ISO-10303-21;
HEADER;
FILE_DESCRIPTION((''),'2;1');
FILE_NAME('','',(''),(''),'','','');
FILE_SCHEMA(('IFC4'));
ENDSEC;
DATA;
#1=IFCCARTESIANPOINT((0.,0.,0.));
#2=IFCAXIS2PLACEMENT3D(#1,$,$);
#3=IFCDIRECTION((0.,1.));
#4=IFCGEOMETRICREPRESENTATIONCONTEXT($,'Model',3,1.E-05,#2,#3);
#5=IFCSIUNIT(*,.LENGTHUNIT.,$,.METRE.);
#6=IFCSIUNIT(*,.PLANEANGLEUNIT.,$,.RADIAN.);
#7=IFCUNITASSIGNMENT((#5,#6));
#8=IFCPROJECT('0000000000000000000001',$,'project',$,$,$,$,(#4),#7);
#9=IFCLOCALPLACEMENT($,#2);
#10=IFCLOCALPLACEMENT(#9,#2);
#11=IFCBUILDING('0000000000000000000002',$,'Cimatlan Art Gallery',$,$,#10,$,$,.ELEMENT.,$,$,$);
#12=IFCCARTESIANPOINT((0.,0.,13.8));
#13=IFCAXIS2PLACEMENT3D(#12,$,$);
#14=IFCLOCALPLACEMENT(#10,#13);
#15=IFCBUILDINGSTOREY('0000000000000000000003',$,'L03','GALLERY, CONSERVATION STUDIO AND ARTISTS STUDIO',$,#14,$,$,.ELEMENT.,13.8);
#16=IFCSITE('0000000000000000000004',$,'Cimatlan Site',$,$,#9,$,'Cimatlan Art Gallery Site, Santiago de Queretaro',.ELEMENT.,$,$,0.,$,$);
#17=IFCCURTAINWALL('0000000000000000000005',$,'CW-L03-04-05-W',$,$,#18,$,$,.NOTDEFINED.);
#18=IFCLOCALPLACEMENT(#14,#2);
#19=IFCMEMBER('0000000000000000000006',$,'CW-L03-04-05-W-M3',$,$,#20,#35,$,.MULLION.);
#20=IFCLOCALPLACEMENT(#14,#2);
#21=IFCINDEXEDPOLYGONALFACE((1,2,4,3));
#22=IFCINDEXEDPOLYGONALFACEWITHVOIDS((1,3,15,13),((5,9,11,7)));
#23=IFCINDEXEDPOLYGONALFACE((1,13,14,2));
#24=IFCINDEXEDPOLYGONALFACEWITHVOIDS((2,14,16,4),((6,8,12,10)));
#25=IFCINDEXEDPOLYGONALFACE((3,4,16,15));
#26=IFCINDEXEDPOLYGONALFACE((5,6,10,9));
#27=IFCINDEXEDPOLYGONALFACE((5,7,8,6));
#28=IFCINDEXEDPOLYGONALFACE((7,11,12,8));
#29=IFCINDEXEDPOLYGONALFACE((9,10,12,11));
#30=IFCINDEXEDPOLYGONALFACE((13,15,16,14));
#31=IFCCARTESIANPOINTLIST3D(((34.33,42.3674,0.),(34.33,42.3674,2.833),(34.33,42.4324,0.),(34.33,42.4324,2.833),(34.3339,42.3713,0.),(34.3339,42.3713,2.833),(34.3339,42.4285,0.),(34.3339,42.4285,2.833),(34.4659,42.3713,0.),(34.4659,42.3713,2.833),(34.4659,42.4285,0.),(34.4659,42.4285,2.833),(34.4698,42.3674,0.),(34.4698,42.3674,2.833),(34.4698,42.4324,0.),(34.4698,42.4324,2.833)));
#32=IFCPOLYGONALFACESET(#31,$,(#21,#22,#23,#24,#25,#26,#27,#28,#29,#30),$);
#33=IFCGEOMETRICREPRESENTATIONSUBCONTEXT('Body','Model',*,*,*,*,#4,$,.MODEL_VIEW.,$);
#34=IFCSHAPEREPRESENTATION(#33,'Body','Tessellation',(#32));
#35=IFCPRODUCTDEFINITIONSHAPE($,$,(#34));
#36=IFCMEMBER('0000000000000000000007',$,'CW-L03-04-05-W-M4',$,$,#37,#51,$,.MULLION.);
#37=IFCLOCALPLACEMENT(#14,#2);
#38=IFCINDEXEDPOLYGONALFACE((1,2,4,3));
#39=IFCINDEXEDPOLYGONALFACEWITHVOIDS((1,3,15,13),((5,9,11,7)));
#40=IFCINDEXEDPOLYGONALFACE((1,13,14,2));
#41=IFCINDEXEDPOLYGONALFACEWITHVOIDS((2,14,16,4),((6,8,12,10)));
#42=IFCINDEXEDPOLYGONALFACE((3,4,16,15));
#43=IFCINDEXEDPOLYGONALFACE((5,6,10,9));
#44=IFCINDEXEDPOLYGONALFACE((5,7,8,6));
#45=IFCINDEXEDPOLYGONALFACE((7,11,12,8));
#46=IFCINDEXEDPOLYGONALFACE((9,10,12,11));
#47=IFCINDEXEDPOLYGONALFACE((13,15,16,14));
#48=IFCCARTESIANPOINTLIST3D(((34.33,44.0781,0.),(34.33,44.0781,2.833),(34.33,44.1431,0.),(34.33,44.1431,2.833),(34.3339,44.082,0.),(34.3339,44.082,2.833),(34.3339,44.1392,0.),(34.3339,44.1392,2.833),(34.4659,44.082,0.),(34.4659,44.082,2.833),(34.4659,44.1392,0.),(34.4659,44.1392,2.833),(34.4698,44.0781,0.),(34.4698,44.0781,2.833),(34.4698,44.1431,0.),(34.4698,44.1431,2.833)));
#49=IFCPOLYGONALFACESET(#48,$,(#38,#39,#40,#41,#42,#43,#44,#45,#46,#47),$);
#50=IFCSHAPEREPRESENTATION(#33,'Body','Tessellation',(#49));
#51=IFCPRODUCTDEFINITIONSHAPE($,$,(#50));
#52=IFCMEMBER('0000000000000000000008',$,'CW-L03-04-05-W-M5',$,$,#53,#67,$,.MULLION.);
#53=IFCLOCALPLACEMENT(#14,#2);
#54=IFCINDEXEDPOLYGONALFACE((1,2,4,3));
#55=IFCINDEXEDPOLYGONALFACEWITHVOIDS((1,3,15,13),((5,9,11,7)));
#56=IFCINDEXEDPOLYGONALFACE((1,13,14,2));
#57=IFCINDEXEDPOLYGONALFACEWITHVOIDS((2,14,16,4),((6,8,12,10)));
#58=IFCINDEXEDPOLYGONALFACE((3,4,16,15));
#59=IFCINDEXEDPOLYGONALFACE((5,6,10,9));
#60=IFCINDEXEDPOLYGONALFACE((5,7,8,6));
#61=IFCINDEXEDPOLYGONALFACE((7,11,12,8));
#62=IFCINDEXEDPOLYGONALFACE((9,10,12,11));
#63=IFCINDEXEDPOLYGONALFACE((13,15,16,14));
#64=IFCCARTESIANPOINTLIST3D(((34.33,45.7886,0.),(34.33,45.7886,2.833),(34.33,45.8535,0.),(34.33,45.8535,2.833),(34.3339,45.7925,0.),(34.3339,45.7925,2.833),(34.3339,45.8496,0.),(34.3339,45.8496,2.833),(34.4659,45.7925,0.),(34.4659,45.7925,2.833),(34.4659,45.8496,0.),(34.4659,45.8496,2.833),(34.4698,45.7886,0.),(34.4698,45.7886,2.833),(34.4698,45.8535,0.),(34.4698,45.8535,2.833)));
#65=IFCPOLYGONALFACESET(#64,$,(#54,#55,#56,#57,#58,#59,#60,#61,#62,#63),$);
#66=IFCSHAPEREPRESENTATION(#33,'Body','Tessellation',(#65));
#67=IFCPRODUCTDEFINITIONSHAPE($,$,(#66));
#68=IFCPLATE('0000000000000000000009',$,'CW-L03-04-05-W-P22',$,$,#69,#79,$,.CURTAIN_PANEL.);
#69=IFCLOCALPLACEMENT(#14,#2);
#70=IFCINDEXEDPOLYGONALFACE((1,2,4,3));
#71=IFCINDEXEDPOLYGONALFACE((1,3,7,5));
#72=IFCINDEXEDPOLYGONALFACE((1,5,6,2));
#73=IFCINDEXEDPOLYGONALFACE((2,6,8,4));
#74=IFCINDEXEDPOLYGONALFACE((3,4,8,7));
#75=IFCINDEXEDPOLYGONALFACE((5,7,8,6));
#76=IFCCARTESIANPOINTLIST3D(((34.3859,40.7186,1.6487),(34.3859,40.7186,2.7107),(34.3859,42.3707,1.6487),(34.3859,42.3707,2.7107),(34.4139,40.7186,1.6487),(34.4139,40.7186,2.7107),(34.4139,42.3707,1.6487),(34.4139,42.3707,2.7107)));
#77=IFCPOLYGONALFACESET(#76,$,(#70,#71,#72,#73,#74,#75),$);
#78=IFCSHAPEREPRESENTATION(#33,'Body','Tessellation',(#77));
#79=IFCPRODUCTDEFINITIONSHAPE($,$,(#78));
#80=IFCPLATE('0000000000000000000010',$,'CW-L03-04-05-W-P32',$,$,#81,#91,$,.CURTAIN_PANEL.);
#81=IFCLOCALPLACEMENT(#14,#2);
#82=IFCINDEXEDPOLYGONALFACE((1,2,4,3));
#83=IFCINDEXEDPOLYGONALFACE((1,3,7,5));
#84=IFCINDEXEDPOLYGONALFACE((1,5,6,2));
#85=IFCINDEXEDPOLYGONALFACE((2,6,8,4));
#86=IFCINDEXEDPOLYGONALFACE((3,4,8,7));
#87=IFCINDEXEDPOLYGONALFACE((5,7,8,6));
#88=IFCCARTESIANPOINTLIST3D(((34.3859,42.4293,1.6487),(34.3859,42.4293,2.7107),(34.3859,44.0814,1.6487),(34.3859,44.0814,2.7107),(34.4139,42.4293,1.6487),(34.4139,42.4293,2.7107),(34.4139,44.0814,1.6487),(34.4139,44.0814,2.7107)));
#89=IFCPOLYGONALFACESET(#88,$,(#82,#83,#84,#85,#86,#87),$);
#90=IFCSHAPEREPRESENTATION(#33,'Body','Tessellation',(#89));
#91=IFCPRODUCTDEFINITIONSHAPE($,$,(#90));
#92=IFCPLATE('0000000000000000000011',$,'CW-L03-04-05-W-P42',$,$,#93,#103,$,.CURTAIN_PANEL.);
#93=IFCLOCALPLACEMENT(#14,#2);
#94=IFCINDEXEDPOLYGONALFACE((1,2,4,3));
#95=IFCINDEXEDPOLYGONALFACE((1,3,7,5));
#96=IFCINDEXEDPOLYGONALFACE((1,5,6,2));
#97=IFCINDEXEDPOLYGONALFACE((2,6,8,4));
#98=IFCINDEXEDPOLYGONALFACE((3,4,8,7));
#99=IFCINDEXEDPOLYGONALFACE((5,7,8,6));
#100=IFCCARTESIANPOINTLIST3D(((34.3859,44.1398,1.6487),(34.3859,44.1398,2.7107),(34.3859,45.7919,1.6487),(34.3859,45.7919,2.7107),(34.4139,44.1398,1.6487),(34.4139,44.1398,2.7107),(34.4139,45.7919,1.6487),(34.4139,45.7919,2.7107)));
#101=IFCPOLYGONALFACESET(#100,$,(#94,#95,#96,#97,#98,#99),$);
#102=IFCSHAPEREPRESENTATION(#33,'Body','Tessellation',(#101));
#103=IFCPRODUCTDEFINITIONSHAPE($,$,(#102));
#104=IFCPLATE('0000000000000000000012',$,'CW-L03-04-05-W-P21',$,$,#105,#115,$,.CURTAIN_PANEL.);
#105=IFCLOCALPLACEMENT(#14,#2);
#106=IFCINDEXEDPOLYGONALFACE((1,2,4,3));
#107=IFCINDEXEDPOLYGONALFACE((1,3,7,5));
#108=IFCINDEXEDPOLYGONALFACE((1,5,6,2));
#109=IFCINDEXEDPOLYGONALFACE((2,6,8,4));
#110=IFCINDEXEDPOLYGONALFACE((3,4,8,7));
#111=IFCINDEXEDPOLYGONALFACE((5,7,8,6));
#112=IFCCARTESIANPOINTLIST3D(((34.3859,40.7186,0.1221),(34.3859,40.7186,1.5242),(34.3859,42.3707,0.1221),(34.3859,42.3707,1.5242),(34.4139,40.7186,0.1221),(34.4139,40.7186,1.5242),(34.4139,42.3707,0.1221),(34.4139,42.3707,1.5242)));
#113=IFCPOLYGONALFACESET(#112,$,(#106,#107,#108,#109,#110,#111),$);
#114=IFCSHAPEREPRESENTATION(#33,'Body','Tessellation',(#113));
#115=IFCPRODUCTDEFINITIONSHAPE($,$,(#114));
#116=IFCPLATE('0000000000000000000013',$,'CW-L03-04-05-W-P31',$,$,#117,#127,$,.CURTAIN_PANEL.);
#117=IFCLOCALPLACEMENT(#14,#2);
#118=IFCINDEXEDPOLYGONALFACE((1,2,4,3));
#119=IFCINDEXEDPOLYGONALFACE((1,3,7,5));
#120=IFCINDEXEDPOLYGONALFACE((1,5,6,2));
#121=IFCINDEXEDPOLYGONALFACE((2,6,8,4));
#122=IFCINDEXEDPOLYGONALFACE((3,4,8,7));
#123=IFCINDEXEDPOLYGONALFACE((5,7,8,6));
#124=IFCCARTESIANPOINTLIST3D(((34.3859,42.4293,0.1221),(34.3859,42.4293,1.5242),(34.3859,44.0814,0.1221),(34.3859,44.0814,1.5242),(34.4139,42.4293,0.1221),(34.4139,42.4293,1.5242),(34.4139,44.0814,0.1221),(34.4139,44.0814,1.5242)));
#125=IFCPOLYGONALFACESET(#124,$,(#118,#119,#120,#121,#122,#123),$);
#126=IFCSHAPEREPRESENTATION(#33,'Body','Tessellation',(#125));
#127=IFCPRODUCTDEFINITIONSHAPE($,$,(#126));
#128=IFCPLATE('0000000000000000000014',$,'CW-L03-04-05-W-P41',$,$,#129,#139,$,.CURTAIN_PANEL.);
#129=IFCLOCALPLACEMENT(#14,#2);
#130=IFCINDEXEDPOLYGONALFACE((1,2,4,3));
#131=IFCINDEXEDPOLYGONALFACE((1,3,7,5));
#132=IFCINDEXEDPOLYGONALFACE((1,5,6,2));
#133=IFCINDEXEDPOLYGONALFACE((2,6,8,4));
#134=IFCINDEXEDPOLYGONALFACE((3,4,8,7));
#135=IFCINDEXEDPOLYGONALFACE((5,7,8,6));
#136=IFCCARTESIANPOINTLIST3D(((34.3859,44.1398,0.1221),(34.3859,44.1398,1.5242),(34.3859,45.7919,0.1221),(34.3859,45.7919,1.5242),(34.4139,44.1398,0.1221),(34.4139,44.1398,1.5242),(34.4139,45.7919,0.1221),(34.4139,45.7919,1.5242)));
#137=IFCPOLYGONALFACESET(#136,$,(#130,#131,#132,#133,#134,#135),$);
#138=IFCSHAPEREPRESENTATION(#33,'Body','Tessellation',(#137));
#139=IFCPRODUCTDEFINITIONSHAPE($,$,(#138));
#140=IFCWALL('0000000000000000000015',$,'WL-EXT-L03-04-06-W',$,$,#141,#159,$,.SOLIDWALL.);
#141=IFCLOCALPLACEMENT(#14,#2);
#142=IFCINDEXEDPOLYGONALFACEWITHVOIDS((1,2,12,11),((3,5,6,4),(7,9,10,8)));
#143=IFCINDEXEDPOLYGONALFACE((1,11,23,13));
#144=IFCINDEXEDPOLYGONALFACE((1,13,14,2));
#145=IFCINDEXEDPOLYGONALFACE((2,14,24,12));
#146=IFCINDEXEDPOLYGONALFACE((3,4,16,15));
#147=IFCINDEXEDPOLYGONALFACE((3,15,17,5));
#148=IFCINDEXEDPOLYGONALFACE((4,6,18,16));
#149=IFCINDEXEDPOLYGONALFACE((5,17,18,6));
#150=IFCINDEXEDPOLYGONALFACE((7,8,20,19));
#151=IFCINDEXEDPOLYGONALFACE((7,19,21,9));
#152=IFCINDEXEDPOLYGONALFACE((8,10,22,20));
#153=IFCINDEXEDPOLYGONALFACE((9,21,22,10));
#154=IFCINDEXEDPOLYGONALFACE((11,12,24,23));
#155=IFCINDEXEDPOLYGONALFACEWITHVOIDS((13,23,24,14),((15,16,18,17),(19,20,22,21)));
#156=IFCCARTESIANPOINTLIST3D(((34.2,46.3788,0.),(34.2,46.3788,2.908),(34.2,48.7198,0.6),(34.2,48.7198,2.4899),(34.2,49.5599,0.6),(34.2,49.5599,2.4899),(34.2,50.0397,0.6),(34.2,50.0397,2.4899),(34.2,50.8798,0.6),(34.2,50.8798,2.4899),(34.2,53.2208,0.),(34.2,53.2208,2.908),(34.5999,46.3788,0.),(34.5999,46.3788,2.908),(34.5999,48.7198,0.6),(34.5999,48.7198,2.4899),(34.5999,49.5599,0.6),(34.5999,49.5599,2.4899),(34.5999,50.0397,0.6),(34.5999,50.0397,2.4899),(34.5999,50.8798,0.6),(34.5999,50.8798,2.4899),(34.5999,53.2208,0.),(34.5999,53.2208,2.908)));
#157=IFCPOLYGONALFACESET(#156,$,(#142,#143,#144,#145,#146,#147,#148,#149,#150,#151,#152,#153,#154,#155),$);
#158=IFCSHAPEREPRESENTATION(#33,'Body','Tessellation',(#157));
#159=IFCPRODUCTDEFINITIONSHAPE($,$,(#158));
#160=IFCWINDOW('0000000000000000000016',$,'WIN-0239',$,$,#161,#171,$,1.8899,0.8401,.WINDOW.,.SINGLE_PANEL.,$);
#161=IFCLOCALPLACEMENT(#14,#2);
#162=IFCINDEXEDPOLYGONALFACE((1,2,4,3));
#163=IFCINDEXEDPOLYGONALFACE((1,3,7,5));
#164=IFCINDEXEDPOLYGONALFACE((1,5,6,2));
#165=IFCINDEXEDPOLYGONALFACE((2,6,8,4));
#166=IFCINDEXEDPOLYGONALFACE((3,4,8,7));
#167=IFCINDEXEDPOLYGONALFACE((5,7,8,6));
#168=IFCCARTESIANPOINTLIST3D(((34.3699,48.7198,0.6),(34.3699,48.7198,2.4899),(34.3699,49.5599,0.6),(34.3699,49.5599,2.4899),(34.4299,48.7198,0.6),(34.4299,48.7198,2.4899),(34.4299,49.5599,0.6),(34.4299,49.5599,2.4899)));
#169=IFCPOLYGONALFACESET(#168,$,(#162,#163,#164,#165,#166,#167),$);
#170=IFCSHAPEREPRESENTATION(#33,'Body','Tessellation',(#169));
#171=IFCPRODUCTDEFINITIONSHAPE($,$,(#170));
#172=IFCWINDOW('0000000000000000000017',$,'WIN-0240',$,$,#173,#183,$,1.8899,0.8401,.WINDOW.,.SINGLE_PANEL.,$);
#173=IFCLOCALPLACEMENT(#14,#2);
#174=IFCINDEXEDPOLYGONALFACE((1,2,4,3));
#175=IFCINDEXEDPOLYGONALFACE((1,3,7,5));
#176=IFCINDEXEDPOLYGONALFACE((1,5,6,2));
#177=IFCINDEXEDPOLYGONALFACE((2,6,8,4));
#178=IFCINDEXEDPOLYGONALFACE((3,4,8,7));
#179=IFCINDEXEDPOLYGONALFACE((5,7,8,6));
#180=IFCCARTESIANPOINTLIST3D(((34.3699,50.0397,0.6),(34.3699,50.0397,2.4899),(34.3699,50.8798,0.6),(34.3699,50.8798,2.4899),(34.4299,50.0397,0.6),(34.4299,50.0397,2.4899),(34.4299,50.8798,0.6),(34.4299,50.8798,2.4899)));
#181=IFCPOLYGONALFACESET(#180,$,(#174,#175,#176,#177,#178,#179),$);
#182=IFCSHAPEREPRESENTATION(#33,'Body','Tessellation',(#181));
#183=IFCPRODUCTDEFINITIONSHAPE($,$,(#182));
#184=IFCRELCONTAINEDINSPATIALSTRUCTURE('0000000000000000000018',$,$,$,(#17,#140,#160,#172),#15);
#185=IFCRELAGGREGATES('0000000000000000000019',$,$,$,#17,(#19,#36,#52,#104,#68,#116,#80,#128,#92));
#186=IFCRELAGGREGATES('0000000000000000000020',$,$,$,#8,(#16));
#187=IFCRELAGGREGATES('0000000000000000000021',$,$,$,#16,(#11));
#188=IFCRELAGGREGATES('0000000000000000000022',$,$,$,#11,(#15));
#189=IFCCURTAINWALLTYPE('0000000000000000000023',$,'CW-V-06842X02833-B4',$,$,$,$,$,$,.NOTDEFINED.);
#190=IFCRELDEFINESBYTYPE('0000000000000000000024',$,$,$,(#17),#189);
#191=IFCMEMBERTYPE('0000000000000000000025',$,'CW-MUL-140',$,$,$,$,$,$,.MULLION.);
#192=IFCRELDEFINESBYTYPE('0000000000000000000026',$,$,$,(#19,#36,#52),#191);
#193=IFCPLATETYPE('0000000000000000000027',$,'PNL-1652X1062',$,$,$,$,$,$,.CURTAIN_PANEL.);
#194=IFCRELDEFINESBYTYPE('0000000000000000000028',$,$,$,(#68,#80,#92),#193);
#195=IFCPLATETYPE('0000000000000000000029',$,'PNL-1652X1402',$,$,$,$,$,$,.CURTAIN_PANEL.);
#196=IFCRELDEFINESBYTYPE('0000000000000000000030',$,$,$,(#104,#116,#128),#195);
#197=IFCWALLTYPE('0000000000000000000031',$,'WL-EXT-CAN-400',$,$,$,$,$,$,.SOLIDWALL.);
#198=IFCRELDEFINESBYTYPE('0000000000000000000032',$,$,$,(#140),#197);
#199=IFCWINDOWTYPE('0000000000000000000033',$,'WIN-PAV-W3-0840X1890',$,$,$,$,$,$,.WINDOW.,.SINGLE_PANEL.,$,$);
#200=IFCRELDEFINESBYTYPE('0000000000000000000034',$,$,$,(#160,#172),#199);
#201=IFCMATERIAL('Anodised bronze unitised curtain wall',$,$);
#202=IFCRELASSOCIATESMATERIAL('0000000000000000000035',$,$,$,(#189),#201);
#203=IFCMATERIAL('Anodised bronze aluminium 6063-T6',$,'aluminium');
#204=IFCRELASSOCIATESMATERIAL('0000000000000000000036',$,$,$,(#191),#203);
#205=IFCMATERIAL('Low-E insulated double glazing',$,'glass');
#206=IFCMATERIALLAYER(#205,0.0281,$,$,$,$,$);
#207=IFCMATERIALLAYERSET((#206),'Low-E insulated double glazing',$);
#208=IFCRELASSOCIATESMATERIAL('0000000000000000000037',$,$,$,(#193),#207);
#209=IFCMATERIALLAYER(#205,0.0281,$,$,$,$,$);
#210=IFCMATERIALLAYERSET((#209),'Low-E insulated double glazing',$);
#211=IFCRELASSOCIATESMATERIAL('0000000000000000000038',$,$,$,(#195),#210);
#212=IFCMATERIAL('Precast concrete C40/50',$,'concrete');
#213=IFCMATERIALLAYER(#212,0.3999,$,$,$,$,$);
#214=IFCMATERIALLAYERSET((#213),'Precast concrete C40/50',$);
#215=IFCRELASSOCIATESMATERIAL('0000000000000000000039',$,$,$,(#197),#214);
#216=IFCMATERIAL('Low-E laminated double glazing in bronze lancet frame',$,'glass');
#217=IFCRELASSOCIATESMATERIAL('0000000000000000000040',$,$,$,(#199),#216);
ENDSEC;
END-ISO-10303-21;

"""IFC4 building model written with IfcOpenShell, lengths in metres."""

from ifc_helpers import new_model, si_unit, direction, frame, frame_2d, origin, origin_2d, place, context, subcontext, project, spatial, rectangle, hollow_rectangle, extrude, material, layer, layer_set, material_profile, profile_set, type_object, element, fill, aggregate, save


model = new_model("IFC4")

# Units and contexts
model_context = context("Model", 3, precision=1e-05, world=origin(), true_north=direction((0.0, 1.0)))
body_context = subcontext(model_context, "Body", "Model", "MODEL_VIEW")
ifc_project = project(units=[si_unit("LENGTHUNIT", "METRE"), si_unit("PLANEANGLEUNIT", "RADIAN")], contexts=[model_context])

# Site, building, storey
site_placement = place(None, origin())
site = spatial("IfcSite", under=ifc_project, at=site_placement, Name="Cimatlan Site", LongName="Cimatlan Art Gallery Site, Santiago de Queretaro", CompositionType="ELEMENT", RefElevation=0.0)
building_placement = place(site_placement, origin())
building = spatial("IfcBuilding", under=site, at=building_placement, Name="Cimatlan Art Gallery", CompositionType="ELEMENT")
storey_placement = place(building_placement, frame((0.0, 0.0, 13.8)))
storey = spatial("IfcBuildingStorey", under=building, at=storey_placement, Name="L03", Description="GALLERY, CONSERVATION STUDIO AND ARTISTS STUDIO", CompositionType="ELEMENT", Elevation=13.8)

# Curtain wall, members, plates
ifc_material_1 = material(Name="Anodised bronze unitised curtain wall")
curtain_wall_type = type_object("IfcCurtainWallType", Name="CW-V-06842X02833-B4", PredefinedType="NOTDEFINED", material=ifc_material_1)
curtain_wall_placement = place(storey_placement, origin())
curtain_wall = element("IfcCurtainWall", 1, at=curtain_wall_placement, inside=storey, type_object=curtain_wall_type, Name="CW-L03-04-05-W", PredefinedType="NOTDEFINED")
ifc_material_2 = material(Name="Anodised bronze aluminium 6063-T6", Category="aluminium")
ifc_material_profile_1 = material_profile(ifc_material_2, hollow_rectangle(XDim=0.0649, YDim=0.1399, WallThickness=0.0039, at=origin_2d()), Name="ALU65X140X4")
ifc_profile_set_1 = profile_set([ifc_material_profile_1], Name="Anodised bronze aluminium 6063-T6")
member_type = type_object("IfcMemberType", Name="CW-MUL-140", PredefinedType="MULLION", material=ifc_profile_set_1)
member_1_placement = place(storey_placement, frame((34.3999, 42.3999, 0.0), z_axis=(0.0, 0.0, 1.0), x_axis=(0.0, 1.0, 0.0)))
member_1 = element("IfcMember", 2, at=member_1_placement, type_object=member_type, Name="CW-L03-04-05-W-M3", PredefinedType="MULLION", context=body_context, shape_type="SweptSolid", body=[
    extrude(hollow_rectangle(XDim=0.0649, YDim=0.1399, WallThickness=0.0039, at=origin_2d()), origin(), (0.0, 0.0, 1.0), 2.833),
])
member_2_placement = place(storey_placement, frame((34.3999, 44.1106, 0.0), z_axis=(0.0, 0.0, 1.0), x_axis=(0.0, 1.0, 0.0)))
member_2 = element("IfcMember", 3, at=member_2_placement, type_object=member_type, Name="CW-L03-04-05-W-M4", PredefinedType="MULLION", context=body_context, shape_type="SweptSolid", body=[
    extrude(hollow_rectangle(XDim=0.0649, YDim=0.1399, WallThickness=0.0039, at=origin_2d()), origin(), (0.0, 0.0, 1.0), 2.833),
])
member_3_placement = place(storey_placement, frame((34.3999, 45.821, 0.0), z_axis=(0.0, 0.0, 1.0), x_axis=(0.0, 1.0, 0.0)))
member_3 = element("IfcMember", 4, at=member_3_placement, type_object=member_type, Name="CW-L03-04-05-W-M5", PredefinedType="MULLION", context=body_context, shape_type="SweptSolid", body=[
    extrude(hollow_rectangle(XDim=0.0649, YDim=0.1399, WallThickness=0.0039, at=origin_2d()), origin(), (0.0, 0.0, 1.0), 2.833),
])
ifc_material_3 = material(Name="Low-E insulated double glazing", Category="glass")
ifc_layer_1 = layer(ifc_material_3, 0.0281)
ifc_layer_set_1 = layer_set([ifc_layer_1], Name="Low-E insulated double glazing")
plate_type_1 = type_object("IfcPlateType", Name="PNL-1652X1062", PredefinedType="CURTAIN_PANEL", material=ifc_layer_set_1)
plate_1_placement = place(storey_placement, frame((34.3999, 41.5447, 1.6487), z_axis=(0.0, 0.0, 1.0), x_axis=(0.0, 1.0, 0.0)))
plate_1 = element("IfcPlate", 5, at=plate_1_placement, type_object=plate_type_1, Name="CW-L03-04-05-W-P22", PredefinedType="CURTAIN_PANEL", context=body_context, shape_type="SweptSolid", body=[
    extrude(rectangle(XDim=1.6521, YDim=0.0281, at=origin_2d()), origin(), (0.0, 0.0, 1.0), 1.062),
])
plate_2_placement = place(storey_placement, frame((34.3999, 43.2554, 1.6487), z_axis=(0.0, 0.0, 1.0), x_axis=(0.0, 1.0, 0.0)))
plate_2 = element("IfcPlate", 6, at=plate_2_placement, type_object=plate_type_1, Name="CW-L03-04-05-W-P32", PredefinedType="CURTAIN_PANEL", context=body_context, shape_type="SweptSolid", body=[
    extrude(rectangle(XDim=1.6521, YDim=0.0281, at=origin_2d()), origin(), (0.0, 0.0, 1.0), 1.062),
])
plate_3_placement = place(storey_placement, frame((34.3999, 44.9658, 1.6487), z_axis=(0.0, 0.0, 1.0), x_axis=(0.0, 1.0, 0.0)))
plate_3 = element("IfcPlate", 7, at=plate_3_placement, type_object=plate_type_1, Name="CW-L03-04-05-W-P42", PredefinedType="CURTAIN_PANEL", context=body_context, shape_type="SweptSolid", body=[
    extrude(rectangle(XDim=1.6521, YDim=0.0281, at=origin_2d()), origin(), (0.0, 0.0, 1.0), 1.062),
])
ifc_layer_2 = layer(ifc_material_3, 0.0281)
ifc_layer_set_2 = layer_set([ifc_layer_2], Name="Low-E insulated double glazing")
plate_type_2 = type_object("IfcPlateType", Name="PNL-1652X1402", PredefinedType="CURTAIN_PANEL", material=ifc_layer_set_2)
plate_4_placement = place(storey_placement, frame((34.3999, 41.5447, 0.1221), z_axis=(0.0, 0.0, 1.0), x_axis=(0.0, 1.0, 0.0)))
plate_4 = element("IfcPlate", 8, at=plate_4_placement, type_object=plate_type_2, Name="CW-L03-04-05-W-P21", PredefinedType="CURTAIN_PANEL", context=body_context, shape_type="SweptSolid", body=[
    extrude(rectangle(XDim=1.6521, YDim=0.0281, at=origin_2d()), origin(), (0.0, 0.0, 1.0), 1.4021),
])
plate_5_placement = place(storey_placement, frame((34.3999, 43.2554, 0.1221), z_axis=(0.0, 0.0, 1.0), x_axis=(0.0, 1.0, 0.0)))
plate_5 = element("IfcPlate", 9, at=plate_5_placement, type_object=plate_type_2, Name="CW-L03-04-05-W-P31", PredefinedType="CURTAIN_PANEL", context=body_context, shape_type="SweptSolid", body=[
    extrude(rectangle(XDim=1.6521, YDim=0.0281, at=origin_2d()), origin(), (0.0, 0.0, 1.0), 1.4021),
])
plate_6_placement = place(storey_placement, frame((34.3999, 44.9658, 0.1221), z_axis=(0.0, 0.0, 1.0), x_axis=(0.0, 1.0, 0.0)))
plate_6 = element("IfcPlate", 10, at=plate_6_placement, type_object=plate_type_2, Name="CW-L03-04-05-W-P41", PredefinedType="CURTAIN_PANEL", context=body_context, shape_type="SweptSolid", body=[
    extrude(rectangle(XDim=1.6521, YDim=0.0281, at=origin_2d()), origin(), (0.0, 0.0, 1.0), 1.4021),
])
aggregate(curtain_wall, [member_1, member_2, member_3, plate_4, plate_1, plate_5, plate_2, plate_6, plate_3])

# Wall, openings, windows
ifc_material_4 = material(Name="Precast concrete C40/50", Category="concrete")
ifc_layer_3 = layer(ifc_material_4, 0.3999)
ifc_layer_set_3 = layer_set([ifc_layer_3], Name="Precast concrete C40/50")
wall_type = type_object("IfcWallType", Name="WL-EXT-CAN-400", PredefinedType="SOLIDWALL", material=ifc_layer_set_3)
wall_placement = place(storey_placement, frame((34.3999, 46.3789, 0.0), z_axis=(0.0, 0.0, 1.0), x_axis=(0.0, 1.0, 0.0)))
wall = element("IfcWall", 11, at=wall_placement, inside=storey, type_object=wall_type, Name="WL-EXT-L03-04-06-W", PredefinedType="SOLIDWALL", context=body_context, shape_type="SweptSolid", body=[
    extrude(rectangle(XDim=6.842, YDim=0.3999, at=frame_2d((3.4209, 0.0))), origin(), (0.0, 0.0, 1.0), 2.908),
])
opening_1_placement = place(wall_placement, frame((2.3411, 0.0, 0.6001)))
opening_1 = element("IfcOpeningElement", 12, at=opening_1_placement, cuts=wall, PredefinedType="OPENING", context=body_context, shape_type="SweptSolid", body=[
    extrude(rectangle(XDim=0.8401, YDim=1.8899, at=frame_2d((0.4199, 0.9448))), frame((0.0, 0.21, 0.0), z_axis=(0.0, -1.0, 0.0), x_axis=(1.0, 0.0, 0.0)), (0.0, 0.0, 1.0), 0.4199),
])
opening_2_placement = place(wall_placement, frame((3.6609, 0.0, 0.6001)))
opening_2 = element("IfcOpeningElement", 13, at=opening_2_placement, cuts=wall, PredefinedType="OPENING", context=body_context, shape_type="SweptSolid", body=[
    extrude(rectangle(XDim=0.8401, YDim=1.8899, at=frame_2d((0.4199, 0.9448))), frame((0.0, 0.21, 0.0), z_axis=(0.0, -1.0, 0.0), x_axis=(1.0, 0.0, 0.0)), (0.0, 0.0, 1.0), 0.4199),
])
ifc_material_5 = material(Name="Low-E laminated double glazing in bronze lancet frame", Category="glass")
window_type = type_object("IfcWindowType", Name="WIN-PAV-W3-0840X1890", PartitioningType="SINGLE_PANEL", PredefinedType="WINDOW", material=ifc_material_5)
window_1_placement = place(opening_1_placement, origin())
window_1 = element("IfcWindow", 14, at=window_1_placement, inside=storey, type_object=window_type, Name="WIN-0239", OverallHeight=1.8899, OverallWidth=0.8401, PartitioningType="SINGLE_PANEL", PredefinedType="WINDOW", context=body_context, shape_type="SweptSolid", body=[
    extrude(rectangle(XDim=0.8401, YDim=1.8899, at=frame_2d((0.4199, 0.9448))), frame((0.0, 0.03, 0.0), z_axis=(0.0, -1.0, 0.0), x_axis=(1.0, 0.0, 0.0)), (0.0, 0.0, 1.0), 0.0601),
])
fill(opening_1, window_1)
window_2_placement = place(opening_2_placement, origin())
window_2 = element("IfcWindow", 15, at=window_2_placement, inside=storey, type_object=window_type, Name="WIN-0240", OverallHeight=1.8899, OverallWidth=0.8401, PartitioningType="SINGLE_PANEL", PredefinedType="WINDOW", context=body_context, shape_type="SweptSolid", body=[
    extrude(rectangle(XDim=0.8401, YDim=1.8899, at=frame_2d((0.4199, 0.9448))), frame((0.0, 0.03, 0.0), z_axis=(0.0, -1.0, 0.0), x_axis=(1.0, 0.0, 0.0)), (0.0, 0.0, 1.0), 0.0601),
])
fill(opening_2, window_2)

save(model, "model.ifc")
